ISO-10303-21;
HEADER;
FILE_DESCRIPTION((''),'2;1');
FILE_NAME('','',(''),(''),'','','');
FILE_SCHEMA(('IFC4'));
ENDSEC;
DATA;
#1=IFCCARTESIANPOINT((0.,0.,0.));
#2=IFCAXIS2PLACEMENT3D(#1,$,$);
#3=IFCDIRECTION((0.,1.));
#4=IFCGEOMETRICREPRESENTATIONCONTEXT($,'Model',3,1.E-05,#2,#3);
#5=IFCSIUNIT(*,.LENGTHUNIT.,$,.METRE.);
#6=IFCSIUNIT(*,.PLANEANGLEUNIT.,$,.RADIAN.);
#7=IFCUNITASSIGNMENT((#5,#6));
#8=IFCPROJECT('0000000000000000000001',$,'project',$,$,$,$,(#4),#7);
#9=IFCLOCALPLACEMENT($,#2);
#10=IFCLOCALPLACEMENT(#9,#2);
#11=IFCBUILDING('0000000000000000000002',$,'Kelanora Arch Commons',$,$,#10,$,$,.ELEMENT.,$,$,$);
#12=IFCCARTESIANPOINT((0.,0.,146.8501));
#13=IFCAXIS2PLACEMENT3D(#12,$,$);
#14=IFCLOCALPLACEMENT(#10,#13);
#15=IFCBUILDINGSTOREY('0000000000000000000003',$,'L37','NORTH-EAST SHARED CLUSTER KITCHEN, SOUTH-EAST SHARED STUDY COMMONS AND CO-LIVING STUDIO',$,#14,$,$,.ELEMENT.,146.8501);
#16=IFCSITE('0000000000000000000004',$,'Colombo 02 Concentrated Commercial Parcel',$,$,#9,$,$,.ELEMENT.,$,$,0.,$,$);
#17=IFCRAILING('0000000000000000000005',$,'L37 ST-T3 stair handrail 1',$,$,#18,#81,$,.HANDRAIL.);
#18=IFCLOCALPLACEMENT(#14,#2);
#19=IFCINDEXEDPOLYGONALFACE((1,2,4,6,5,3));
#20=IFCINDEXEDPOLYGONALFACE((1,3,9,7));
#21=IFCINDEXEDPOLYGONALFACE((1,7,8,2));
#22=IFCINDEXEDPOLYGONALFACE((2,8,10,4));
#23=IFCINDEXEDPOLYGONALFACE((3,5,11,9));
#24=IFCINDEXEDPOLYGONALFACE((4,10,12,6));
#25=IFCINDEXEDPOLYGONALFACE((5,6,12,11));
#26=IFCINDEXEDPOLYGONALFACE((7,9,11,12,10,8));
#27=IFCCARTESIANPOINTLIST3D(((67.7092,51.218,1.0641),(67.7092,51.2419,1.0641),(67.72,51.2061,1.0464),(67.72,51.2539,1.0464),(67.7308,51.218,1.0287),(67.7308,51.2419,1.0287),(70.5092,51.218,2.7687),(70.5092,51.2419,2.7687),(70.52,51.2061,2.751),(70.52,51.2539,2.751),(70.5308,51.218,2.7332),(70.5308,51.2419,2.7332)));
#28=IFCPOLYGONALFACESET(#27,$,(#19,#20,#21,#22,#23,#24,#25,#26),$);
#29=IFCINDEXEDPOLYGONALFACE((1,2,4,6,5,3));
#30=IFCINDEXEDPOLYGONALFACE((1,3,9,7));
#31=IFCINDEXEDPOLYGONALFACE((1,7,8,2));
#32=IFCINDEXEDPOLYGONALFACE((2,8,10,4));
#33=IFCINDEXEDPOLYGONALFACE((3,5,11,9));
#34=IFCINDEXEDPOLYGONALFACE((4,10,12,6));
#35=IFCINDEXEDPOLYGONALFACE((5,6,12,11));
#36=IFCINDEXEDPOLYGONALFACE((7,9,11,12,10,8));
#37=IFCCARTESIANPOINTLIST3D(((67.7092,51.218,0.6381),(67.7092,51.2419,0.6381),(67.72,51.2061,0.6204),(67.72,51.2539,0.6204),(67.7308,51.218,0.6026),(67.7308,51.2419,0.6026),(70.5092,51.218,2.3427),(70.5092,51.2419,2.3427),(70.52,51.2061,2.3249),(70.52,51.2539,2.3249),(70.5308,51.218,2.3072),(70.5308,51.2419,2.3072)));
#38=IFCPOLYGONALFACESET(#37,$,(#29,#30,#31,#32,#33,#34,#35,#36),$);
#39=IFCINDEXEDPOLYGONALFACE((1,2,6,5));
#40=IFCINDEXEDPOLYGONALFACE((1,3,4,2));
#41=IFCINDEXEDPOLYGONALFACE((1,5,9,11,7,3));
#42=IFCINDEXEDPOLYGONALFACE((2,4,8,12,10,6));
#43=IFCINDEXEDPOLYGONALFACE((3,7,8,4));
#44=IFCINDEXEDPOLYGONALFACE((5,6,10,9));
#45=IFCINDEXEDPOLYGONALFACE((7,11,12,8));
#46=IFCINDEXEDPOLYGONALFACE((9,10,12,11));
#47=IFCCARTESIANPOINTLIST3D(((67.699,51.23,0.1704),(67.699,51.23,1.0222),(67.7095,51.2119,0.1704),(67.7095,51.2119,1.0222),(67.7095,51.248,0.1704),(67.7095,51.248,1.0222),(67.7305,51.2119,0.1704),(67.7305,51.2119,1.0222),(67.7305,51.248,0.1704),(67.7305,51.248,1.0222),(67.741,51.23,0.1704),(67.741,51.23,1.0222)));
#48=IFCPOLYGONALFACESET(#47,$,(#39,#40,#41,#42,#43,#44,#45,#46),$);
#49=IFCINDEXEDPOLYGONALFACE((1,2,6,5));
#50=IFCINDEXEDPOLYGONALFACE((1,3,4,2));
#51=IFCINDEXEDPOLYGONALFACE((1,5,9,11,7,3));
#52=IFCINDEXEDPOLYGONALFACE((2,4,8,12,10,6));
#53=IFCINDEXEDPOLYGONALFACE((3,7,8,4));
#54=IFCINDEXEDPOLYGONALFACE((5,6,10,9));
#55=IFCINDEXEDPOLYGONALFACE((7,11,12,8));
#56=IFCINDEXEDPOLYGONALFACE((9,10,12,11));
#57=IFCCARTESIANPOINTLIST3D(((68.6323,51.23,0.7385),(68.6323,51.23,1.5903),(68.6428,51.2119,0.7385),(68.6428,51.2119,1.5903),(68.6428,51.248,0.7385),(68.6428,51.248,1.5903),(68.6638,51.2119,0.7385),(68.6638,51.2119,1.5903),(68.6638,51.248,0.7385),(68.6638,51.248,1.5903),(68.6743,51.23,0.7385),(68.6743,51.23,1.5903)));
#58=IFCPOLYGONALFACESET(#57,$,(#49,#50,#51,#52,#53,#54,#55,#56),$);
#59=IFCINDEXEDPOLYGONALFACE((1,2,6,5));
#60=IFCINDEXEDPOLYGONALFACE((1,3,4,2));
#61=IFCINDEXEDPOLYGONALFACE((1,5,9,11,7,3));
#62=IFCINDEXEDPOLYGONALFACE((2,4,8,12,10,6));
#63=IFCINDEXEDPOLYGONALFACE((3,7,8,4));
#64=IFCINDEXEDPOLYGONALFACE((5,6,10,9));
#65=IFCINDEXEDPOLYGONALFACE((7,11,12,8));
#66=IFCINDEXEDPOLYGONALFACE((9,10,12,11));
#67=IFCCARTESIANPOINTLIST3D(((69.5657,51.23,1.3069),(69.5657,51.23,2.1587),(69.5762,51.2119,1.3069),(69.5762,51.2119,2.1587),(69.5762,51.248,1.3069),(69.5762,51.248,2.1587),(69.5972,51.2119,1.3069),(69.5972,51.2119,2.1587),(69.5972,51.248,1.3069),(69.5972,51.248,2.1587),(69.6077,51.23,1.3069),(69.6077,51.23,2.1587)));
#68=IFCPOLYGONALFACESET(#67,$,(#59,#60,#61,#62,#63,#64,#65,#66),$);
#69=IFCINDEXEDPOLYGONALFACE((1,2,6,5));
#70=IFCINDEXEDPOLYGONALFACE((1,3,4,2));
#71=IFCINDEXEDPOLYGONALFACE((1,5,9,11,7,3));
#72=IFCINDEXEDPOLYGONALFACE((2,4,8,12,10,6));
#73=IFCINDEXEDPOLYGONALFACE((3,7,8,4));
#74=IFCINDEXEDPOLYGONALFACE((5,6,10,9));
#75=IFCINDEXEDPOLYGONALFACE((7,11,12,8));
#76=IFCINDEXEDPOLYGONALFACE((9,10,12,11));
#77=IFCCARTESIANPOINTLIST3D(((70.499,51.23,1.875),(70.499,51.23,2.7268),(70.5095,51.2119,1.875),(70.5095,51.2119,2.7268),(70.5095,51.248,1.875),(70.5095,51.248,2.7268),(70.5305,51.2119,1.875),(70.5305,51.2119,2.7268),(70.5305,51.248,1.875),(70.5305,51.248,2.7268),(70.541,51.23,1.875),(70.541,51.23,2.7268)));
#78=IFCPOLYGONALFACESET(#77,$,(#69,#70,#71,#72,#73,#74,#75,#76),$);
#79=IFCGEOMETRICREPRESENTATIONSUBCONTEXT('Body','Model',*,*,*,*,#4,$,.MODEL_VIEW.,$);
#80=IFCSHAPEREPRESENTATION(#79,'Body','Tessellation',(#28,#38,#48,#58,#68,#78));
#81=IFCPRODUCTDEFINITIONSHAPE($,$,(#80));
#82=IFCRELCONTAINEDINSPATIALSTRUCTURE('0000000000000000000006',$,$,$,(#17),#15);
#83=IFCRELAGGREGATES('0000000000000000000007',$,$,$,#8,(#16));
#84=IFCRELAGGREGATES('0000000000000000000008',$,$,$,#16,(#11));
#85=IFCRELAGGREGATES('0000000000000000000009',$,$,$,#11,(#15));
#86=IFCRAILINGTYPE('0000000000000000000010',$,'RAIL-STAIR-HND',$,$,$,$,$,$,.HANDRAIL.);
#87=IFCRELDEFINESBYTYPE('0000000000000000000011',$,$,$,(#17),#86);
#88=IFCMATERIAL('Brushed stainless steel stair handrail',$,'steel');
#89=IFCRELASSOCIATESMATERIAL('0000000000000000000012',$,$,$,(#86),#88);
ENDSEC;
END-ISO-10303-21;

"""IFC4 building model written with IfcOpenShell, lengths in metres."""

from ifc_helpers import new_model, si_unit, direction, frame, origin, place, context, subcontext, project, spatial, polyline, outline, extrude, material, type_object, element, save


model = new_model("IFC4")

# Units and contexts
model_context = context("Model", 3, precision=1e-05, world=origin(), true_north=direction((0.0, 1.0)))
body_context = subcontext(model_context, "Body", "Model", "MODEL_VIEW")
ifc_project = project(units=[si_unit("LENGTHUNIT", "METRE"), si_unit("PLANEANGLEUNIT", "RADIAN")], contexts=[model_context])

# Site, building, storey
site_placement = place(None, origin())
site = spatial("IfcSite", under=ifc_project, at=site_placement, Name="Colombo 02 Concentrated Commercial Parcel", CompositionType="ELEMENT", RefElevation=0.0)
building_placement = place(site_placement, origin())
building = spatial("IfcBuilding", under=site, at=building_placement, Name="Kelanora Arch Commons", CompositionType="ELEMENT")
storey_placement = place(building_placement, frame((0.0, 0.0, 146.8501)))
storey = spatial("IfcBuildingStorey", under=building, at=storey_placement, Name="L37", Description="NORTH-EAST SHARED CLUSTER KITCHEN, SOUTH-EAST SHARED STUDY COMMONS AND CO-LIVING STUDIO", CompositionType="ELEMENT", Elevation=146.8501)

# Railing
ifc_material_1 = material(Name="Brushed stainless steel stair handrail", Category="steel")
railing_type_1 = type_object("IfcRailingType", Name="RAIL-STAIR-HND", PredefinedType="HANDRAIL", material=ifc_material_1)
railing_1_placement = place(storey_placement, frame((67.72, 51.23, 0.1704)))
element("IfcRailing", 1, at=railing_1_placement, inside=storey, type_object=railing_type_1, Name="L37 ST-T3 stair handrail 1", PredefinedType="HANDRAIL", context=body_context, shape_type="SweptSolid", body=[
    extrude(outline(polyline([(0.0239, 0.0), (0.012, 0.0208), (-0.012, 0.0208), (-0.0239, 0.0), (-0.012, -0.0208), (0.012, -0.0208), (0.0239, 0.0)])), frame((0.0, 0.0, 0.876), z_axis=(0.85417, 0.0, 0.519994), x_axis=(0.0, 1.0, 0.0)), (0.0, 0.0, 1.0), 3.2781),
    extrude(outline(polyline([(0.0239, 0.0), (0.012, 0.0208), (-0.012, 0.0208), (-0.0239, 0.0), (-0.012, -0.0208), (0.012, -0.0208), (0.0239, 0.0)])), frame((0.0, 0.0, 0.45), z_axis=(0.85417, 0.0, 0.519994), x_axis=(0.0, 1.0, 0.0)), (0.0, 0.0, 1.0), 3.2781),
    extrude(outline(polyline([(0.021, 0.0), (0.0105, 0.0181), (-0.0105, 0.0181), (-0.021, 0.0), (-0.0105, -0.0181), (0.0105, -0.0181), (0.021, 0.0)])), origin(), (0.0, 0.0, 1.0), 0.8518),
    extrude(outline(polyline([(0.021, 0.0), (0.0105, 0.0181), (-0.0105, 0.0181), (-0.021, 0.0), (-0.0105, -0.0181), (0.0105, -0.0181), (0.021, 0.0)])), frame((0.9333, 0.0, 0.5681)), (0.0, 0.0, 1.0), 0.8518),
    extrude(outline(polyline([(0.021, 0.0), (0.0105, 0.0181), (-0.0105, 0.0181), (-0.021, 0.0), (-0.0105, -0.0181), (0.0105, -0.0181), (0.021, 0.0)])), frame((1.8667, 0.0, 1.1365)), (0.0, 0.0, 1.0), 0.8518),
    extrude(outline(polyline([(0.021, 0.0), (0.0105, 0.0181), (-0.0105, 0.0181), (-0.021, 0.0), (-0.0105, -0.0181), (0.0105, -0.0181), (0.021, 0.0)])), frame((2.8, 0.0, 1.7046)), (0.0, 0.0, 1.0), 0.8518),
])

save(model, "model.ifc")
